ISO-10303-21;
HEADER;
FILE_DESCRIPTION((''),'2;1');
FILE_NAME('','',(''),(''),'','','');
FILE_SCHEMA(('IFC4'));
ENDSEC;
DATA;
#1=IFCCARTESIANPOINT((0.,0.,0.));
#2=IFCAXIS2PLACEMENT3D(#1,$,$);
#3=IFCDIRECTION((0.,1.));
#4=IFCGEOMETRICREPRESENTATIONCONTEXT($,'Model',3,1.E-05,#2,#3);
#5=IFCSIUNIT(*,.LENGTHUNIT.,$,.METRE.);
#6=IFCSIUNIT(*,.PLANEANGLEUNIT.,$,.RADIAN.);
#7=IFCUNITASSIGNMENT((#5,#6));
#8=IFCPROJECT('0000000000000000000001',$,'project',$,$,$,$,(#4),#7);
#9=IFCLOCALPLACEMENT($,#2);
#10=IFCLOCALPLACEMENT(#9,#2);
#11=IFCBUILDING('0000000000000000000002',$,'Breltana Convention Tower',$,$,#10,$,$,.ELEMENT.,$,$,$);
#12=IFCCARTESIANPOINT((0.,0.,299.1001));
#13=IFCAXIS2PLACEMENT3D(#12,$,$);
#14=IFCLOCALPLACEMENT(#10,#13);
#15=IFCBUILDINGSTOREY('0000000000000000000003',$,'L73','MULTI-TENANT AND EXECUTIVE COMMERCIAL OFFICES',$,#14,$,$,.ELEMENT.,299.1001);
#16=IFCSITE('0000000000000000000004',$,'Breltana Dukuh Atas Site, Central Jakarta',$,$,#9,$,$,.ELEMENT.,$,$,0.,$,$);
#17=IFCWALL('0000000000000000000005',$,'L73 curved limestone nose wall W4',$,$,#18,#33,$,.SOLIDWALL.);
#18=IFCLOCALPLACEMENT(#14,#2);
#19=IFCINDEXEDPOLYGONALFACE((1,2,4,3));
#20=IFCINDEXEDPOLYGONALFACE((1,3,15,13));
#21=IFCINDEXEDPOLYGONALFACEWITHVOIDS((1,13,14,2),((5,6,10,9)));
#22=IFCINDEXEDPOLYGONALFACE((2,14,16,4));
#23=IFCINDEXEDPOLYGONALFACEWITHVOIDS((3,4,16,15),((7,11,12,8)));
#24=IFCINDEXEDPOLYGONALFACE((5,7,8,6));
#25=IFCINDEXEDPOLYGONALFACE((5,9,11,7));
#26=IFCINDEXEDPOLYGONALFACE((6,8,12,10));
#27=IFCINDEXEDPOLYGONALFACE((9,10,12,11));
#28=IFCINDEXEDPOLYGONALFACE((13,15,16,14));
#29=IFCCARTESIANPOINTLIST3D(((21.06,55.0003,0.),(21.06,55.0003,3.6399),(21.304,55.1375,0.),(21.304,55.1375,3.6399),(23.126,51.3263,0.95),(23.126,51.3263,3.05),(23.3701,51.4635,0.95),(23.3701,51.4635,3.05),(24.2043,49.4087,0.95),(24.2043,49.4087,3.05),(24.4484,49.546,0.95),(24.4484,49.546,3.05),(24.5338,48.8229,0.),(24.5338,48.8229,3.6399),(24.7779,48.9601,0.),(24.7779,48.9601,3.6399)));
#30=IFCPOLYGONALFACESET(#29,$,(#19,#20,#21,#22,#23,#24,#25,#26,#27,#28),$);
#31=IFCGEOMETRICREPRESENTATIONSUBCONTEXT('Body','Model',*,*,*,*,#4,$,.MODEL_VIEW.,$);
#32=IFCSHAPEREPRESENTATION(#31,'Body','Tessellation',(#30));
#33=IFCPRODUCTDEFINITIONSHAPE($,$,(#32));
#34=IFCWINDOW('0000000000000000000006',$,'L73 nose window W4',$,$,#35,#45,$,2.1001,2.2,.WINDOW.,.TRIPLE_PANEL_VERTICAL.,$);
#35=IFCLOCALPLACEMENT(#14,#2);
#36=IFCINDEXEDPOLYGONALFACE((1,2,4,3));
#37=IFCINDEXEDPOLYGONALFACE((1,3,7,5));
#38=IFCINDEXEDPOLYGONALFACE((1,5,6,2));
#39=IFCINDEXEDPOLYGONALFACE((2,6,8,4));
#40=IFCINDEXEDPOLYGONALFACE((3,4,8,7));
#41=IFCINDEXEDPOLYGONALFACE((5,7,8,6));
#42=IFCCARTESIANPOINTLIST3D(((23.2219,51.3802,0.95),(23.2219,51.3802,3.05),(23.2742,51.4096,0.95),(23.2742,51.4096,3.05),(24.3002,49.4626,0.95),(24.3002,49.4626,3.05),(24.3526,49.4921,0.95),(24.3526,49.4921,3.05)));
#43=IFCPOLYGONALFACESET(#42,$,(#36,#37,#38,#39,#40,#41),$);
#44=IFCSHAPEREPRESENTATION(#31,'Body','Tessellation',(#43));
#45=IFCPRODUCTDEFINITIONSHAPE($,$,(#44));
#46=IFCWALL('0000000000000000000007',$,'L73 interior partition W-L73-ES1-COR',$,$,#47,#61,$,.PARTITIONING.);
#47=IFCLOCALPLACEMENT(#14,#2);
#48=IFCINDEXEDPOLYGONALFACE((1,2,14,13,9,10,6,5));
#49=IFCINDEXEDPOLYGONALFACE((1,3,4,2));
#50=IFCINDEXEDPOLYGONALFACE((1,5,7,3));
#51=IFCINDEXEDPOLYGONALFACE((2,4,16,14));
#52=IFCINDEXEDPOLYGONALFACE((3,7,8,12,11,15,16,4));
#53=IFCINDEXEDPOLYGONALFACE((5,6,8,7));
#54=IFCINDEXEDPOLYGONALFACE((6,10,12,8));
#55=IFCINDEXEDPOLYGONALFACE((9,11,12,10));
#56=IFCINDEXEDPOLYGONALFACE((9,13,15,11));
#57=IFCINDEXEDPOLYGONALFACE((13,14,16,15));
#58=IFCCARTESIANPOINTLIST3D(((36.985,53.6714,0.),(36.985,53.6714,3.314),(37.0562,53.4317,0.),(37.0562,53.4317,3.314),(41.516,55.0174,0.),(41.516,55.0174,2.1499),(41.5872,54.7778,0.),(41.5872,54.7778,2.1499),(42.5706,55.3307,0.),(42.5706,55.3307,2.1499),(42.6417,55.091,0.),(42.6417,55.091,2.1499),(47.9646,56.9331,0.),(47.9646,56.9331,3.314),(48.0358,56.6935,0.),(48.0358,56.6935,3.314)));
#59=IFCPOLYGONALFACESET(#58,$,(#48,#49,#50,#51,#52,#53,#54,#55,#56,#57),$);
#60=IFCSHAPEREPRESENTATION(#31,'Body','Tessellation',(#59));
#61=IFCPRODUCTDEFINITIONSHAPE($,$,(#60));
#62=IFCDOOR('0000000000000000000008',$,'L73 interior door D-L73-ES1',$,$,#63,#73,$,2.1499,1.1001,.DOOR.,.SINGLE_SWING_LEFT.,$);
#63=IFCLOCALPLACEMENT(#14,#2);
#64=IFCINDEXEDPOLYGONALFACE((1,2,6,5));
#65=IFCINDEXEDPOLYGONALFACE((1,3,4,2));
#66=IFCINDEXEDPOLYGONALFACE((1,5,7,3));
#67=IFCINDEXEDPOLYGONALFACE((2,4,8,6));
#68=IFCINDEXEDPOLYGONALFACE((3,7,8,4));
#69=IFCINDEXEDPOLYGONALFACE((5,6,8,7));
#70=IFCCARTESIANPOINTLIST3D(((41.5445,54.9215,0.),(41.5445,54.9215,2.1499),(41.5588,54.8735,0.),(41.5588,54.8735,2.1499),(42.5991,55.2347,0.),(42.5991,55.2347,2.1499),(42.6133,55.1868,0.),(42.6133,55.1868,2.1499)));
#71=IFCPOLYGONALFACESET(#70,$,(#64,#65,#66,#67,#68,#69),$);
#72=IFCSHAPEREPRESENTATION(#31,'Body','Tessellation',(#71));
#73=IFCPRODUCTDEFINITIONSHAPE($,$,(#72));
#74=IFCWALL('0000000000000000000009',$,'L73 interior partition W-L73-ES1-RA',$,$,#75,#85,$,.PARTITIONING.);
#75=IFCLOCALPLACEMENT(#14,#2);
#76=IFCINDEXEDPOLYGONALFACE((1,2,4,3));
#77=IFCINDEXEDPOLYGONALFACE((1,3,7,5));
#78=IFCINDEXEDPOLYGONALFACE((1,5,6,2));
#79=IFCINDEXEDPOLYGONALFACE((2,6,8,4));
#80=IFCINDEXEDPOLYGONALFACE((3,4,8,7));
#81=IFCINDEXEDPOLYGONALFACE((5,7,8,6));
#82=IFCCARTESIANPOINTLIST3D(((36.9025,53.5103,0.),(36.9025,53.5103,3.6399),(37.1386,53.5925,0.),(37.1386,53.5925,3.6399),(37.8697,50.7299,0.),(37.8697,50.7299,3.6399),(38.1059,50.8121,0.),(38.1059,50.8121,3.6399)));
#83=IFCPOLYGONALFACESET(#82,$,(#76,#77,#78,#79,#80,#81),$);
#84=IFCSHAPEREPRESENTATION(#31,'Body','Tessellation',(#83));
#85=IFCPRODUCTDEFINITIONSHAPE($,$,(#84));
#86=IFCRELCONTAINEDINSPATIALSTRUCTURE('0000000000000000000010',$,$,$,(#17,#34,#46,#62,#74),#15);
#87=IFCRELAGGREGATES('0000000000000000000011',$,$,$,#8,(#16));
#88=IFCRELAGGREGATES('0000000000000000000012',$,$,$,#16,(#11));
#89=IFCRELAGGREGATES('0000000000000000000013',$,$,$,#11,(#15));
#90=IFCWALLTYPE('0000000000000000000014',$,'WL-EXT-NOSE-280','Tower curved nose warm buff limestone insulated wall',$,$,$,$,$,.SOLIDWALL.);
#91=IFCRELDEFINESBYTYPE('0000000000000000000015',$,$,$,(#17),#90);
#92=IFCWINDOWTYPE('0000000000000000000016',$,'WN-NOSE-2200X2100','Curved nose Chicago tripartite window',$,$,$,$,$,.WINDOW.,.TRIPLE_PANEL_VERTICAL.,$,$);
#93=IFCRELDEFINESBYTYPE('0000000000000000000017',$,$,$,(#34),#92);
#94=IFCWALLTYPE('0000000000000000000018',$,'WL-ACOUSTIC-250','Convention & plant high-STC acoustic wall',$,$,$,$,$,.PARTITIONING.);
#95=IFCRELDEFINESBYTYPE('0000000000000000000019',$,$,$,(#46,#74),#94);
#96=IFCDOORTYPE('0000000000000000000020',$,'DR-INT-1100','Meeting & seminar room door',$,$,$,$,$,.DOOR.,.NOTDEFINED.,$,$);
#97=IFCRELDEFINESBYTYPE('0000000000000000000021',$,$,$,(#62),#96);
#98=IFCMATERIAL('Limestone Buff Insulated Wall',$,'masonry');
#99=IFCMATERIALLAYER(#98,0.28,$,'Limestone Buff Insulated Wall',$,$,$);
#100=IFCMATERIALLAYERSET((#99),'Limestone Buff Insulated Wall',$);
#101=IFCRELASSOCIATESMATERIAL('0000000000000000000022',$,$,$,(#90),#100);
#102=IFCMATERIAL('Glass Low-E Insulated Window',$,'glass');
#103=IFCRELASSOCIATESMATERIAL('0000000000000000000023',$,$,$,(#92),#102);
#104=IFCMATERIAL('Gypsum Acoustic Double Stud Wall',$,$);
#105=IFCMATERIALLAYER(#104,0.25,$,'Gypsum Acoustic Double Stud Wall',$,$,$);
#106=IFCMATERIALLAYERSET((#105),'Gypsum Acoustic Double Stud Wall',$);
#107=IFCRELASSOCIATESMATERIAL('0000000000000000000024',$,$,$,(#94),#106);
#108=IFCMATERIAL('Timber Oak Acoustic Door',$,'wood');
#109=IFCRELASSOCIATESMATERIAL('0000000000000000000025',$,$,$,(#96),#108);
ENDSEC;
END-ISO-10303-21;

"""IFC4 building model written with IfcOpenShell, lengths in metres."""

from ifc_helpers import new_model, si_unit, direction, frame, frame_2d, origin, place, context, subcontext, project, spatial, rectangle, extrude, source, transform, mapped, material, layer, layer_set, type_object, type_shapes, element, fill, save


model = new_model("IFC4")

# Units and contexts
model_context = context("Model", 3, precision=1e-05, world=origin(), true_north=direction((0.0, 1.0)))
body_context = subcontext(model_context, "Body", "Model", "MODEL_VIEW")
ifc_project = project(units=[si_unit("LENGTHUNIT", "METRE"), si_unit("PLANEANGLEUNIT", "RADIAN")], contexts=[model_context])

# Site, building, storey
site_placement = place(None, origin())
site = spatial("IfcSite", under=ifc_project, at=site_placement, Name="Breltana Dukuh Atas Site, Central Jakarta", CompositionType="ELEMENT", RefElevation=0.0)
building_placement = place(site_placement, origin())
building = spatial("IfcBuilding", under=site, at=building_placement, Name="Breltana Convention Tower", CompositionType="ELEMENT")
storey_placement = place(building_placement, frame((0.0, 0.0, 299.1001)))
storey = spatial("IfcBuildingStorey", under=building, at=storey_placement, Name="L73", Description="MULTI-TENANT AND EXECUTIVE COMMERCIAL OFFICES", CompositionType="ELEMENT", Elevation=299.1001)

# Shared definitions
ifc_material_1 = material(Name="Limestone Buff Insulated Wall", Category="masonry")
ifc_layer_1 = layer(ifc_material_1, 0.28, Name="Limestone Buff Insulated Wall")
ifc_layer_set_1 = layer_set([ifc_layer_1], Name="Limestone Buff Insulated Wall")
wall_type_1 = type_object("IfcWallType", Name="WL-EXT-NOSE-280", Description="Tower curved nose warm buff limestone insulated wall", PredefinedType="SOLIDWALL", material=ifc_layer_set_1)

# Wall, opening, window
ifc_material_2 = material(Name="Glass Low-E Insulated Window", Category="glass")
window_type = type_object("IfcWindowType", Name="WN-NOSE-2200X2100", Description="Curved nose Chicago tripartite window", PartitioningType="TRIPLE_PANEL_VERTICAL", PredefinedType="WINDOW", material=ifc_material_2)
shared_shape_1 = source(origin(), body_context, "Body", "SweptSolid", [
    extrude(rectangle(XDim=2.2, YDim=2.1001, at=frame_2d((1.1001, 1.05))), frame((0.0, 0.03, 0.0), z_axis=(0.0, -1.0, 0.0), x_axis=(1.0, 0.0, 0.0)), (0.0, 0.0, 1.0), 0.0601),
])
type_shapes(window_type, [shared_shape_1])
shared_shape_2 = source(origin(), body_context, "Body", "SweptSolid", [
    extrude(rectangle(XDim=7.0872, YDim=0.28, at=frame_2d((3.5435, 0.0))), origin(), (0.0, 0.0, 1.0), 3.6399),
])
wall_1_placement = place(storey_placement, frame((24.6558, 48.8916, 0.0), z_axis=(0.0, 0.0, 1.0), x_axis=(-0.490158, 0.871633, 0.0)))
wall_1 = element("IfcWall", 1, at=wall_1_placement, inside=storey, type_object=wall_type_1, Name="L73 curved limestone nose wall W4", PredefinedType="SOLIDWALL", context=body_context, shape_type="MappedRepresentation", body=[
    mapped(shared_shape_2, transform((0.0, 0.0, 0.0), scale=1.0)),
])
opening_1_placement = place(wall_1_placement, frame((0.6719, 0.0, 0.95)))
opening_1 = element("IfcOpeningElement", 2, at=opening_1_placement, cuts=wall_1, PredefinedType="OPENING", context=body_context, shape_type="SweptSolid", body=[
    extrude(rectangle(XDim=2.2, YDim=2.1001, at=frame_2d((1.1001, 1.05))), frame((0.0, 0.1499, 0.0), z_axis=(0.0, -1.0, 0.0), x_axis=(1.0, 0.0, 0.0)), (0.0, 0.0, 1.0), 0.3),
])
window_1_placement = place(opening_1_placement, origin())
window_1 = element("IfcWindow", 3, at=window_1_placement, inside=storey, type_object=window_type, Name="L73 nose window W4", OverallHeight=2.1001, OverallWidth=2.2, PartitioningType="TRIPLE_PANEL_VERTICAL", PredefinedType="WINDOW", context=body_context, shape_type="MappedRepresentation", body=[
    mapped(shared_shape_1, transform((0.0, 0.0, 0.0), scale=1.0)),
])
fill(opening_1, window_1)

# Wall, opening, door
ifc_material_3 = material(Name="Gypsum Acoustic Double Stud Wall")
ifc_layer_2 = layer(ifc_material_3, 0.25, Name="Gypsum Acoustic Double Stud Wall")
ifc_layer_set_2 = layer_set([ifc_layer_2], Name="Gypsum Acoustic Double Stud Wall")
wall_type_2 = type_object("IfcWallType", Name="WL-ACOUSTIC-250", Description="Convention & plant high-STC acoustic wall", PredefinedType="PARTITIONING", material=ifc_layer_set_2)
shared_shape_3 = source(origin(), body_context, "Body", "SweptSolid", [
    extrude(rectangle(XDim=11.4539, YDim=0.25, at=frame_2d((5.7271, 0.0))), origin(), (0.0, 0.0, 1.0), 3.314),
])
wall_2_placement = place(storey_placement, frame((37.0205, 53.5515, 0.0), z_axis=(0.0, 0.0, 1.0), x_axis=(0.958595, 0.284773, 0.0)))
wall_2 = element("IfcWall", 4, at=wall_2_placement, inside=storey, type_object=wall_type_2, Name="L73 interior partition W-L73-ES1-COR", PredefinedType="PARTITIONING", context=body_context, shape_type="MappedRepresentation", body=[
    mapped(shared_shape_3, transform((0.0, 0.0, 0.0), scale=1.0)),
])
opening_2_placement = place(wall_2_placement, frame((4.7268, 0.0, 0.0)))
opening_2 = element("IfcOpeningElement", 5, at=opening_2_placement, cuts=wall_2, PredefinedType="OPENING", context=body_context, shape_type="SweptSolid", body=[
    extrude(rectangle(XDim=1.1001, YDim=2.1499, at=frame_2d((0.55, 1.075))), frame((0.0, 0.135, 0.0), z_axis=(0.0, -1.0, 0.0), x_axis=(1.0, 0.0, 0.0)), (0.0, 0.0, 1.0), 0.27),
])
ifc_material_4 = material(Name="Timber Oak Acoustic Door", Category="wood")
door_type = type_object("IfcDoorType", Name="DR-INT-1100", Description="Meeting & seminar room door", OperationType="NOTDEFINED", PredefinedType="DOOR", material=ifc_material_4)
shared_shape_4 = source(origin(), body_context, "Body", "SweptSolid", [
    extrude(rectangle(XDim=1.1001, YDim=2.1499, at=frame_2d((0.55, 1.075))), frame((0.0, 0.0249, 0.0), z_axis=(0.0, -1.0, 0.0), x_axis=(1.0, 0.0, 0.0)), (0.0, 0.0, 1.0), 0.05),
])
type_shapes(door_type, [shared_shape_4])
door_placement = place(opening_2_placement, origin())
door = element("IfcDoor", 6, at=door_placement, inside=storey, type_object=door_type, Name="L73 interior door D-L73-ES1", OperationType="SINGLE_SWING_LEFT", OverallHeight=2.1499, OverallWidth=1.1001, PredefinedType="DOOR", context=body_context, shape_type="MappedRepresentation", body=[
    mapped(shared_shape_4, transform((0.0, 0.0, 0.0), scale=1.0)),
])
fill(opening_2, door)

# Wall
shared_shape_5 = source(origin(), body_context, "Body", "SweptSolid", [
    extrude(rectangle(XDim=2.9438, YDim=0.25, at=frame_2d((1.4719, 0.0))), origin(), (0.0, 0.0, 1.0), 3.6399),
])
wall_3_placement = place(storey_placement, frame((37.9878, 50.771, 0.0), z_axis=(0.0, 0.0, 1.0), x_axis=(-0.328566, 0.944481, 0.0)))
element("IfcWall", 7, at=wall_3_placement, inside=storey, type_object=wall_type_2, Name="L73 interior partition W-L73-ES1-RA", PredefinedType="PARTITIONING", context=body_context, shape_type="MappedRepresentation", body=[
    mapped(shared_shape_5, transform((0.0, 0.0, 0.0), scale=1.0)),
])

save(model, "model.ifc")
